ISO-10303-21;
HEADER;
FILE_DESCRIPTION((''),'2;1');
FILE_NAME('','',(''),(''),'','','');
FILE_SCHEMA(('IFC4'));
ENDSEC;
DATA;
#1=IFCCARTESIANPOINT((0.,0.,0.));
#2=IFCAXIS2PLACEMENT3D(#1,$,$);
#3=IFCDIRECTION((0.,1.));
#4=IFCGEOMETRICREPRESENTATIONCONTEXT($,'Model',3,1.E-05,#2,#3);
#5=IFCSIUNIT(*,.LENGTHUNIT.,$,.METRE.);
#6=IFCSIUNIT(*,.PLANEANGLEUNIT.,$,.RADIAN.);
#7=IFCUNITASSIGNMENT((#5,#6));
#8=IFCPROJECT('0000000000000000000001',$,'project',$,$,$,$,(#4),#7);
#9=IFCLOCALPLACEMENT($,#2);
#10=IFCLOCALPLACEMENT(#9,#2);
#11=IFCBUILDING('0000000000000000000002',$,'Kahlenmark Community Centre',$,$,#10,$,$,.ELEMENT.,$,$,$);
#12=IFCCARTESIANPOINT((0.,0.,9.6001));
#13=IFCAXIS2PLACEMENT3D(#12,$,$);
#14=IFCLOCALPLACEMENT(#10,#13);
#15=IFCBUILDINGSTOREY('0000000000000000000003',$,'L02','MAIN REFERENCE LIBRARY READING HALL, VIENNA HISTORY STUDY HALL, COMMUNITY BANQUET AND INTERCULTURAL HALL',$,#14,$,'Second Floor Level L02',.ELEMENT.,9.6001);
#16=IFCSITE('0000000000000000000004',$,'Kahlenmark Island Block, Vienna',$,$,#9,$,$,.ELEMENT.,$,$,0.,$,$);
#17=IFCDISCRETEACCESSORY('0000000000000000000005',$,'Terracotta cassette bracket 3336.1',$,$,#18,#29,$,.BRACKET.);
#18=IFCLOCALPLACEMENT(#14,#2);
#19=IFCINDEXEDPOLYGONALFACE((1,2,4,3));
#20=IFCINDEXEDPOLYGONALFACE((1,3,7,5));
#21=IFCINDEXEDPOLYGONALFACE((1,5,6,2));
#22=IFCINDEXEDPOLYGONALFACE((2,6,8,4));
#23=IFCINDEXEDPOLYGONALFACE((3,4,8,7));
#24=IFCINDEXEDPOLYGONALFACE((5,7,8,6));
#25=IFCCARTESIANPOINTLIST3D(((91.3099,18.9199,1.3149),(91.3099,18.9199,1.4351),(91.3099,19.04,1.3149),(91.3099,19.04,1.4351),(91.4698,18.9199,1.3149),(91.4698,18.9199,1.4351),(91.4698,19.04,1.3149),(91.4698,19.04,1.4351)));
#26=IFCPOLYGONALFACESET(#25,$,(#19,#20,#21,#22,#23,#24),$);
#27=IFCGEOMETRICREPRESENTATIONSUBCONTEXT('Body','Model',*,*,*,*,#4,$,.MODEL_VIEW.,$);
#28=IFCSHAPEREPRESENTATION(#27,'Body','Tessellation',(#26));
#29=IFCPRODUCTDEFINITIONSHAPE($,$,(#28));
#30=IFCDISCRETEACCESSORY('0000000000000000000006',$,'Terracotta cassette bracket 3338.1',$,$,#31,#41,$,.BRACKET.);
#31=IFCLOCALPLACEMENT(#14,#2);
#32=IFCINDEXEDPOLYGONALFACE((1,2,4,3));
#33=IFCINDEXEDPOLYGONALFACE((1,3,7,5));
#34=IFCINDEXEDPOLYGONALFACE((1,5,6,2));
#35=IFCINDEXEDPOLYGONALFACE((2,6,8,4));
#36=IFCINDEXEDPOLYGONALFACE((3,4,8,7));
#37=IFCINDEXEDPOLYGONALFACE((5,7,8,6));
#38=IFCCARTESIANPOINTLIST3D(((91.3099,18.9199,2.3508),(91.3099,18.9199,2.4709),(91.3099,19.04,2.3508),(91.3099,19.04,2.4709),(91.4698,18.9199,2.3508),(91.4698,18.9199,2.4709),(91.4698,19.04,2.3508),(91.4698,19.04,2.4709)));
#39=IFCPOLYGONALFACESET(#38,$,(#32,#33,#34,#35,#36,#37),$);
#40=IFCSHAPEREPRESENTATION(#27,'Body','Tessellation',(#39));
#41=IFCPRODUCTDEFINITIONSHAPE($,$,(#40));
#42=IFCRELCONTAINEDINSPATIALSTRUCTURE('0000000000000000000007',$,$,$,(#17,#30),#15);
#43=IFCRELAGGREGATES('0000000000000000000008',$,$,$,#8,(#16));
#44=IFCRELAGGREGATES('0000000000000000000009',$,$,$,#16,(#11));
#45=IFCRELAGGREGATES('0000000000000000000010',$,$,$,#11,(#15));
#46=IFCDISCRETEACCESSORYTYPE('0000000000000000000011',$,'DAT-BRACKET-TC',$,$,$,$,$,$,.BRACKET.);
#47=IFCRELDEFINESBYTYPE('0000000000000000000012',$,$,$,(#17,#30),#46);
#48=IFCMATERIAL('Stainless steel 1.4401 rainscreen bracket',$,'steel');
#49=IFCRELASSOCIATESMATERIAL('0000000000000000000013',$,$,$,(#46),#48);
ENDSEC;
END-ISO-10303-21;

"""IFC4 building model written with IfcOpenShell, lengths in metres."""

from ifc_helpers import new_model, si_unit, direction, frame, origin, origin_2d, place, context, subcontext, project, spatial, rectangle, extrude, material, type_object, element, save


model = new_model("IFC4")

# Units and contexts
model_context = context("Model", 3, precision=1e-05, world=origin(), true_north=direction((0.0, 1.0)))
body_context = subcontext(model_context, "Body", "Model", "MODEL_VIEW")
ifc_project = project(units=[si_unit("LENGTHUNIT", "METRE"), si_unit("PLANEANGLEUNIT", "RADIAN")], contexts=[model_context])

# Site, building, storey
site_placement = place(None, origin())
site = spatial("IfcSite", under=ifc_project, at=site_placement, Name="Kahlenmark Island Block, Vienna", CompositionType="ELEMENT", RefElevation=0.0)
building_placement = place(site_placement, origin())
building = spatial("IfcBuilding", under=site, at=building_placement, Name="Kahlenmark Community Centre", CompositionType="ELEMENT")
storey_placement = place(building_placement, frame((0.0, 0.0, 9.6001)))
storey = spatial("IfcBuildingStorey", under=building, at=storey_placement, Name="L02", Description="MAIN REFERENCE LIBRARY READING HALL, VIENNA HISTORY STUDY HALL, COMMUNITY BANQUET AND INTERCULTURAL HALL", LongName="Second Floor Level L02", CompositionType="ELEMENT", Elevation=9.6001)

# Discrete accessories
ifc_material_1 = material(Name="Stainless steel 1.4401 rainscreen bracket", Category="steel")
discrete_accessory_type = type_object("IfcDiscreteAccessoryType", Name="DAT-BRACKET-TC", PredefinedType="BRACKET", material=ifc_material_1)
for number, where, z_axis, x_axis, name in (
    (1, (91.3899, 18.98, 1.3149), (0.0, 0.0, 1.0), (0.0, -1.0, 0.0), "Terracotta cassette bracket 3336.1"),
    (2, (91.3899, 18.98, 2.3508), (0.0, 0.0, 1.0), (0.0, -1.0, 0.0), "Terracotta cassette bracket 3338.1"),
):
    element("IfcDiscreteAccessory", number, at=place(storey_placement, frame(where, z_axis=z_axis, x_axis=x_axis)), inside=storey, type_object=discrete_accessory_type, Name=name, PredefinedType="BRACKET", context=body_context, shape_type="SweptSolid", body=[
        extrude(rectangle(XDim=0.1201, YDim=0.1599, at=origin_2d()), origin(), (0.0, 0.0, 1.0), 0.1201),
    ])

save(model, "model.ifc")
